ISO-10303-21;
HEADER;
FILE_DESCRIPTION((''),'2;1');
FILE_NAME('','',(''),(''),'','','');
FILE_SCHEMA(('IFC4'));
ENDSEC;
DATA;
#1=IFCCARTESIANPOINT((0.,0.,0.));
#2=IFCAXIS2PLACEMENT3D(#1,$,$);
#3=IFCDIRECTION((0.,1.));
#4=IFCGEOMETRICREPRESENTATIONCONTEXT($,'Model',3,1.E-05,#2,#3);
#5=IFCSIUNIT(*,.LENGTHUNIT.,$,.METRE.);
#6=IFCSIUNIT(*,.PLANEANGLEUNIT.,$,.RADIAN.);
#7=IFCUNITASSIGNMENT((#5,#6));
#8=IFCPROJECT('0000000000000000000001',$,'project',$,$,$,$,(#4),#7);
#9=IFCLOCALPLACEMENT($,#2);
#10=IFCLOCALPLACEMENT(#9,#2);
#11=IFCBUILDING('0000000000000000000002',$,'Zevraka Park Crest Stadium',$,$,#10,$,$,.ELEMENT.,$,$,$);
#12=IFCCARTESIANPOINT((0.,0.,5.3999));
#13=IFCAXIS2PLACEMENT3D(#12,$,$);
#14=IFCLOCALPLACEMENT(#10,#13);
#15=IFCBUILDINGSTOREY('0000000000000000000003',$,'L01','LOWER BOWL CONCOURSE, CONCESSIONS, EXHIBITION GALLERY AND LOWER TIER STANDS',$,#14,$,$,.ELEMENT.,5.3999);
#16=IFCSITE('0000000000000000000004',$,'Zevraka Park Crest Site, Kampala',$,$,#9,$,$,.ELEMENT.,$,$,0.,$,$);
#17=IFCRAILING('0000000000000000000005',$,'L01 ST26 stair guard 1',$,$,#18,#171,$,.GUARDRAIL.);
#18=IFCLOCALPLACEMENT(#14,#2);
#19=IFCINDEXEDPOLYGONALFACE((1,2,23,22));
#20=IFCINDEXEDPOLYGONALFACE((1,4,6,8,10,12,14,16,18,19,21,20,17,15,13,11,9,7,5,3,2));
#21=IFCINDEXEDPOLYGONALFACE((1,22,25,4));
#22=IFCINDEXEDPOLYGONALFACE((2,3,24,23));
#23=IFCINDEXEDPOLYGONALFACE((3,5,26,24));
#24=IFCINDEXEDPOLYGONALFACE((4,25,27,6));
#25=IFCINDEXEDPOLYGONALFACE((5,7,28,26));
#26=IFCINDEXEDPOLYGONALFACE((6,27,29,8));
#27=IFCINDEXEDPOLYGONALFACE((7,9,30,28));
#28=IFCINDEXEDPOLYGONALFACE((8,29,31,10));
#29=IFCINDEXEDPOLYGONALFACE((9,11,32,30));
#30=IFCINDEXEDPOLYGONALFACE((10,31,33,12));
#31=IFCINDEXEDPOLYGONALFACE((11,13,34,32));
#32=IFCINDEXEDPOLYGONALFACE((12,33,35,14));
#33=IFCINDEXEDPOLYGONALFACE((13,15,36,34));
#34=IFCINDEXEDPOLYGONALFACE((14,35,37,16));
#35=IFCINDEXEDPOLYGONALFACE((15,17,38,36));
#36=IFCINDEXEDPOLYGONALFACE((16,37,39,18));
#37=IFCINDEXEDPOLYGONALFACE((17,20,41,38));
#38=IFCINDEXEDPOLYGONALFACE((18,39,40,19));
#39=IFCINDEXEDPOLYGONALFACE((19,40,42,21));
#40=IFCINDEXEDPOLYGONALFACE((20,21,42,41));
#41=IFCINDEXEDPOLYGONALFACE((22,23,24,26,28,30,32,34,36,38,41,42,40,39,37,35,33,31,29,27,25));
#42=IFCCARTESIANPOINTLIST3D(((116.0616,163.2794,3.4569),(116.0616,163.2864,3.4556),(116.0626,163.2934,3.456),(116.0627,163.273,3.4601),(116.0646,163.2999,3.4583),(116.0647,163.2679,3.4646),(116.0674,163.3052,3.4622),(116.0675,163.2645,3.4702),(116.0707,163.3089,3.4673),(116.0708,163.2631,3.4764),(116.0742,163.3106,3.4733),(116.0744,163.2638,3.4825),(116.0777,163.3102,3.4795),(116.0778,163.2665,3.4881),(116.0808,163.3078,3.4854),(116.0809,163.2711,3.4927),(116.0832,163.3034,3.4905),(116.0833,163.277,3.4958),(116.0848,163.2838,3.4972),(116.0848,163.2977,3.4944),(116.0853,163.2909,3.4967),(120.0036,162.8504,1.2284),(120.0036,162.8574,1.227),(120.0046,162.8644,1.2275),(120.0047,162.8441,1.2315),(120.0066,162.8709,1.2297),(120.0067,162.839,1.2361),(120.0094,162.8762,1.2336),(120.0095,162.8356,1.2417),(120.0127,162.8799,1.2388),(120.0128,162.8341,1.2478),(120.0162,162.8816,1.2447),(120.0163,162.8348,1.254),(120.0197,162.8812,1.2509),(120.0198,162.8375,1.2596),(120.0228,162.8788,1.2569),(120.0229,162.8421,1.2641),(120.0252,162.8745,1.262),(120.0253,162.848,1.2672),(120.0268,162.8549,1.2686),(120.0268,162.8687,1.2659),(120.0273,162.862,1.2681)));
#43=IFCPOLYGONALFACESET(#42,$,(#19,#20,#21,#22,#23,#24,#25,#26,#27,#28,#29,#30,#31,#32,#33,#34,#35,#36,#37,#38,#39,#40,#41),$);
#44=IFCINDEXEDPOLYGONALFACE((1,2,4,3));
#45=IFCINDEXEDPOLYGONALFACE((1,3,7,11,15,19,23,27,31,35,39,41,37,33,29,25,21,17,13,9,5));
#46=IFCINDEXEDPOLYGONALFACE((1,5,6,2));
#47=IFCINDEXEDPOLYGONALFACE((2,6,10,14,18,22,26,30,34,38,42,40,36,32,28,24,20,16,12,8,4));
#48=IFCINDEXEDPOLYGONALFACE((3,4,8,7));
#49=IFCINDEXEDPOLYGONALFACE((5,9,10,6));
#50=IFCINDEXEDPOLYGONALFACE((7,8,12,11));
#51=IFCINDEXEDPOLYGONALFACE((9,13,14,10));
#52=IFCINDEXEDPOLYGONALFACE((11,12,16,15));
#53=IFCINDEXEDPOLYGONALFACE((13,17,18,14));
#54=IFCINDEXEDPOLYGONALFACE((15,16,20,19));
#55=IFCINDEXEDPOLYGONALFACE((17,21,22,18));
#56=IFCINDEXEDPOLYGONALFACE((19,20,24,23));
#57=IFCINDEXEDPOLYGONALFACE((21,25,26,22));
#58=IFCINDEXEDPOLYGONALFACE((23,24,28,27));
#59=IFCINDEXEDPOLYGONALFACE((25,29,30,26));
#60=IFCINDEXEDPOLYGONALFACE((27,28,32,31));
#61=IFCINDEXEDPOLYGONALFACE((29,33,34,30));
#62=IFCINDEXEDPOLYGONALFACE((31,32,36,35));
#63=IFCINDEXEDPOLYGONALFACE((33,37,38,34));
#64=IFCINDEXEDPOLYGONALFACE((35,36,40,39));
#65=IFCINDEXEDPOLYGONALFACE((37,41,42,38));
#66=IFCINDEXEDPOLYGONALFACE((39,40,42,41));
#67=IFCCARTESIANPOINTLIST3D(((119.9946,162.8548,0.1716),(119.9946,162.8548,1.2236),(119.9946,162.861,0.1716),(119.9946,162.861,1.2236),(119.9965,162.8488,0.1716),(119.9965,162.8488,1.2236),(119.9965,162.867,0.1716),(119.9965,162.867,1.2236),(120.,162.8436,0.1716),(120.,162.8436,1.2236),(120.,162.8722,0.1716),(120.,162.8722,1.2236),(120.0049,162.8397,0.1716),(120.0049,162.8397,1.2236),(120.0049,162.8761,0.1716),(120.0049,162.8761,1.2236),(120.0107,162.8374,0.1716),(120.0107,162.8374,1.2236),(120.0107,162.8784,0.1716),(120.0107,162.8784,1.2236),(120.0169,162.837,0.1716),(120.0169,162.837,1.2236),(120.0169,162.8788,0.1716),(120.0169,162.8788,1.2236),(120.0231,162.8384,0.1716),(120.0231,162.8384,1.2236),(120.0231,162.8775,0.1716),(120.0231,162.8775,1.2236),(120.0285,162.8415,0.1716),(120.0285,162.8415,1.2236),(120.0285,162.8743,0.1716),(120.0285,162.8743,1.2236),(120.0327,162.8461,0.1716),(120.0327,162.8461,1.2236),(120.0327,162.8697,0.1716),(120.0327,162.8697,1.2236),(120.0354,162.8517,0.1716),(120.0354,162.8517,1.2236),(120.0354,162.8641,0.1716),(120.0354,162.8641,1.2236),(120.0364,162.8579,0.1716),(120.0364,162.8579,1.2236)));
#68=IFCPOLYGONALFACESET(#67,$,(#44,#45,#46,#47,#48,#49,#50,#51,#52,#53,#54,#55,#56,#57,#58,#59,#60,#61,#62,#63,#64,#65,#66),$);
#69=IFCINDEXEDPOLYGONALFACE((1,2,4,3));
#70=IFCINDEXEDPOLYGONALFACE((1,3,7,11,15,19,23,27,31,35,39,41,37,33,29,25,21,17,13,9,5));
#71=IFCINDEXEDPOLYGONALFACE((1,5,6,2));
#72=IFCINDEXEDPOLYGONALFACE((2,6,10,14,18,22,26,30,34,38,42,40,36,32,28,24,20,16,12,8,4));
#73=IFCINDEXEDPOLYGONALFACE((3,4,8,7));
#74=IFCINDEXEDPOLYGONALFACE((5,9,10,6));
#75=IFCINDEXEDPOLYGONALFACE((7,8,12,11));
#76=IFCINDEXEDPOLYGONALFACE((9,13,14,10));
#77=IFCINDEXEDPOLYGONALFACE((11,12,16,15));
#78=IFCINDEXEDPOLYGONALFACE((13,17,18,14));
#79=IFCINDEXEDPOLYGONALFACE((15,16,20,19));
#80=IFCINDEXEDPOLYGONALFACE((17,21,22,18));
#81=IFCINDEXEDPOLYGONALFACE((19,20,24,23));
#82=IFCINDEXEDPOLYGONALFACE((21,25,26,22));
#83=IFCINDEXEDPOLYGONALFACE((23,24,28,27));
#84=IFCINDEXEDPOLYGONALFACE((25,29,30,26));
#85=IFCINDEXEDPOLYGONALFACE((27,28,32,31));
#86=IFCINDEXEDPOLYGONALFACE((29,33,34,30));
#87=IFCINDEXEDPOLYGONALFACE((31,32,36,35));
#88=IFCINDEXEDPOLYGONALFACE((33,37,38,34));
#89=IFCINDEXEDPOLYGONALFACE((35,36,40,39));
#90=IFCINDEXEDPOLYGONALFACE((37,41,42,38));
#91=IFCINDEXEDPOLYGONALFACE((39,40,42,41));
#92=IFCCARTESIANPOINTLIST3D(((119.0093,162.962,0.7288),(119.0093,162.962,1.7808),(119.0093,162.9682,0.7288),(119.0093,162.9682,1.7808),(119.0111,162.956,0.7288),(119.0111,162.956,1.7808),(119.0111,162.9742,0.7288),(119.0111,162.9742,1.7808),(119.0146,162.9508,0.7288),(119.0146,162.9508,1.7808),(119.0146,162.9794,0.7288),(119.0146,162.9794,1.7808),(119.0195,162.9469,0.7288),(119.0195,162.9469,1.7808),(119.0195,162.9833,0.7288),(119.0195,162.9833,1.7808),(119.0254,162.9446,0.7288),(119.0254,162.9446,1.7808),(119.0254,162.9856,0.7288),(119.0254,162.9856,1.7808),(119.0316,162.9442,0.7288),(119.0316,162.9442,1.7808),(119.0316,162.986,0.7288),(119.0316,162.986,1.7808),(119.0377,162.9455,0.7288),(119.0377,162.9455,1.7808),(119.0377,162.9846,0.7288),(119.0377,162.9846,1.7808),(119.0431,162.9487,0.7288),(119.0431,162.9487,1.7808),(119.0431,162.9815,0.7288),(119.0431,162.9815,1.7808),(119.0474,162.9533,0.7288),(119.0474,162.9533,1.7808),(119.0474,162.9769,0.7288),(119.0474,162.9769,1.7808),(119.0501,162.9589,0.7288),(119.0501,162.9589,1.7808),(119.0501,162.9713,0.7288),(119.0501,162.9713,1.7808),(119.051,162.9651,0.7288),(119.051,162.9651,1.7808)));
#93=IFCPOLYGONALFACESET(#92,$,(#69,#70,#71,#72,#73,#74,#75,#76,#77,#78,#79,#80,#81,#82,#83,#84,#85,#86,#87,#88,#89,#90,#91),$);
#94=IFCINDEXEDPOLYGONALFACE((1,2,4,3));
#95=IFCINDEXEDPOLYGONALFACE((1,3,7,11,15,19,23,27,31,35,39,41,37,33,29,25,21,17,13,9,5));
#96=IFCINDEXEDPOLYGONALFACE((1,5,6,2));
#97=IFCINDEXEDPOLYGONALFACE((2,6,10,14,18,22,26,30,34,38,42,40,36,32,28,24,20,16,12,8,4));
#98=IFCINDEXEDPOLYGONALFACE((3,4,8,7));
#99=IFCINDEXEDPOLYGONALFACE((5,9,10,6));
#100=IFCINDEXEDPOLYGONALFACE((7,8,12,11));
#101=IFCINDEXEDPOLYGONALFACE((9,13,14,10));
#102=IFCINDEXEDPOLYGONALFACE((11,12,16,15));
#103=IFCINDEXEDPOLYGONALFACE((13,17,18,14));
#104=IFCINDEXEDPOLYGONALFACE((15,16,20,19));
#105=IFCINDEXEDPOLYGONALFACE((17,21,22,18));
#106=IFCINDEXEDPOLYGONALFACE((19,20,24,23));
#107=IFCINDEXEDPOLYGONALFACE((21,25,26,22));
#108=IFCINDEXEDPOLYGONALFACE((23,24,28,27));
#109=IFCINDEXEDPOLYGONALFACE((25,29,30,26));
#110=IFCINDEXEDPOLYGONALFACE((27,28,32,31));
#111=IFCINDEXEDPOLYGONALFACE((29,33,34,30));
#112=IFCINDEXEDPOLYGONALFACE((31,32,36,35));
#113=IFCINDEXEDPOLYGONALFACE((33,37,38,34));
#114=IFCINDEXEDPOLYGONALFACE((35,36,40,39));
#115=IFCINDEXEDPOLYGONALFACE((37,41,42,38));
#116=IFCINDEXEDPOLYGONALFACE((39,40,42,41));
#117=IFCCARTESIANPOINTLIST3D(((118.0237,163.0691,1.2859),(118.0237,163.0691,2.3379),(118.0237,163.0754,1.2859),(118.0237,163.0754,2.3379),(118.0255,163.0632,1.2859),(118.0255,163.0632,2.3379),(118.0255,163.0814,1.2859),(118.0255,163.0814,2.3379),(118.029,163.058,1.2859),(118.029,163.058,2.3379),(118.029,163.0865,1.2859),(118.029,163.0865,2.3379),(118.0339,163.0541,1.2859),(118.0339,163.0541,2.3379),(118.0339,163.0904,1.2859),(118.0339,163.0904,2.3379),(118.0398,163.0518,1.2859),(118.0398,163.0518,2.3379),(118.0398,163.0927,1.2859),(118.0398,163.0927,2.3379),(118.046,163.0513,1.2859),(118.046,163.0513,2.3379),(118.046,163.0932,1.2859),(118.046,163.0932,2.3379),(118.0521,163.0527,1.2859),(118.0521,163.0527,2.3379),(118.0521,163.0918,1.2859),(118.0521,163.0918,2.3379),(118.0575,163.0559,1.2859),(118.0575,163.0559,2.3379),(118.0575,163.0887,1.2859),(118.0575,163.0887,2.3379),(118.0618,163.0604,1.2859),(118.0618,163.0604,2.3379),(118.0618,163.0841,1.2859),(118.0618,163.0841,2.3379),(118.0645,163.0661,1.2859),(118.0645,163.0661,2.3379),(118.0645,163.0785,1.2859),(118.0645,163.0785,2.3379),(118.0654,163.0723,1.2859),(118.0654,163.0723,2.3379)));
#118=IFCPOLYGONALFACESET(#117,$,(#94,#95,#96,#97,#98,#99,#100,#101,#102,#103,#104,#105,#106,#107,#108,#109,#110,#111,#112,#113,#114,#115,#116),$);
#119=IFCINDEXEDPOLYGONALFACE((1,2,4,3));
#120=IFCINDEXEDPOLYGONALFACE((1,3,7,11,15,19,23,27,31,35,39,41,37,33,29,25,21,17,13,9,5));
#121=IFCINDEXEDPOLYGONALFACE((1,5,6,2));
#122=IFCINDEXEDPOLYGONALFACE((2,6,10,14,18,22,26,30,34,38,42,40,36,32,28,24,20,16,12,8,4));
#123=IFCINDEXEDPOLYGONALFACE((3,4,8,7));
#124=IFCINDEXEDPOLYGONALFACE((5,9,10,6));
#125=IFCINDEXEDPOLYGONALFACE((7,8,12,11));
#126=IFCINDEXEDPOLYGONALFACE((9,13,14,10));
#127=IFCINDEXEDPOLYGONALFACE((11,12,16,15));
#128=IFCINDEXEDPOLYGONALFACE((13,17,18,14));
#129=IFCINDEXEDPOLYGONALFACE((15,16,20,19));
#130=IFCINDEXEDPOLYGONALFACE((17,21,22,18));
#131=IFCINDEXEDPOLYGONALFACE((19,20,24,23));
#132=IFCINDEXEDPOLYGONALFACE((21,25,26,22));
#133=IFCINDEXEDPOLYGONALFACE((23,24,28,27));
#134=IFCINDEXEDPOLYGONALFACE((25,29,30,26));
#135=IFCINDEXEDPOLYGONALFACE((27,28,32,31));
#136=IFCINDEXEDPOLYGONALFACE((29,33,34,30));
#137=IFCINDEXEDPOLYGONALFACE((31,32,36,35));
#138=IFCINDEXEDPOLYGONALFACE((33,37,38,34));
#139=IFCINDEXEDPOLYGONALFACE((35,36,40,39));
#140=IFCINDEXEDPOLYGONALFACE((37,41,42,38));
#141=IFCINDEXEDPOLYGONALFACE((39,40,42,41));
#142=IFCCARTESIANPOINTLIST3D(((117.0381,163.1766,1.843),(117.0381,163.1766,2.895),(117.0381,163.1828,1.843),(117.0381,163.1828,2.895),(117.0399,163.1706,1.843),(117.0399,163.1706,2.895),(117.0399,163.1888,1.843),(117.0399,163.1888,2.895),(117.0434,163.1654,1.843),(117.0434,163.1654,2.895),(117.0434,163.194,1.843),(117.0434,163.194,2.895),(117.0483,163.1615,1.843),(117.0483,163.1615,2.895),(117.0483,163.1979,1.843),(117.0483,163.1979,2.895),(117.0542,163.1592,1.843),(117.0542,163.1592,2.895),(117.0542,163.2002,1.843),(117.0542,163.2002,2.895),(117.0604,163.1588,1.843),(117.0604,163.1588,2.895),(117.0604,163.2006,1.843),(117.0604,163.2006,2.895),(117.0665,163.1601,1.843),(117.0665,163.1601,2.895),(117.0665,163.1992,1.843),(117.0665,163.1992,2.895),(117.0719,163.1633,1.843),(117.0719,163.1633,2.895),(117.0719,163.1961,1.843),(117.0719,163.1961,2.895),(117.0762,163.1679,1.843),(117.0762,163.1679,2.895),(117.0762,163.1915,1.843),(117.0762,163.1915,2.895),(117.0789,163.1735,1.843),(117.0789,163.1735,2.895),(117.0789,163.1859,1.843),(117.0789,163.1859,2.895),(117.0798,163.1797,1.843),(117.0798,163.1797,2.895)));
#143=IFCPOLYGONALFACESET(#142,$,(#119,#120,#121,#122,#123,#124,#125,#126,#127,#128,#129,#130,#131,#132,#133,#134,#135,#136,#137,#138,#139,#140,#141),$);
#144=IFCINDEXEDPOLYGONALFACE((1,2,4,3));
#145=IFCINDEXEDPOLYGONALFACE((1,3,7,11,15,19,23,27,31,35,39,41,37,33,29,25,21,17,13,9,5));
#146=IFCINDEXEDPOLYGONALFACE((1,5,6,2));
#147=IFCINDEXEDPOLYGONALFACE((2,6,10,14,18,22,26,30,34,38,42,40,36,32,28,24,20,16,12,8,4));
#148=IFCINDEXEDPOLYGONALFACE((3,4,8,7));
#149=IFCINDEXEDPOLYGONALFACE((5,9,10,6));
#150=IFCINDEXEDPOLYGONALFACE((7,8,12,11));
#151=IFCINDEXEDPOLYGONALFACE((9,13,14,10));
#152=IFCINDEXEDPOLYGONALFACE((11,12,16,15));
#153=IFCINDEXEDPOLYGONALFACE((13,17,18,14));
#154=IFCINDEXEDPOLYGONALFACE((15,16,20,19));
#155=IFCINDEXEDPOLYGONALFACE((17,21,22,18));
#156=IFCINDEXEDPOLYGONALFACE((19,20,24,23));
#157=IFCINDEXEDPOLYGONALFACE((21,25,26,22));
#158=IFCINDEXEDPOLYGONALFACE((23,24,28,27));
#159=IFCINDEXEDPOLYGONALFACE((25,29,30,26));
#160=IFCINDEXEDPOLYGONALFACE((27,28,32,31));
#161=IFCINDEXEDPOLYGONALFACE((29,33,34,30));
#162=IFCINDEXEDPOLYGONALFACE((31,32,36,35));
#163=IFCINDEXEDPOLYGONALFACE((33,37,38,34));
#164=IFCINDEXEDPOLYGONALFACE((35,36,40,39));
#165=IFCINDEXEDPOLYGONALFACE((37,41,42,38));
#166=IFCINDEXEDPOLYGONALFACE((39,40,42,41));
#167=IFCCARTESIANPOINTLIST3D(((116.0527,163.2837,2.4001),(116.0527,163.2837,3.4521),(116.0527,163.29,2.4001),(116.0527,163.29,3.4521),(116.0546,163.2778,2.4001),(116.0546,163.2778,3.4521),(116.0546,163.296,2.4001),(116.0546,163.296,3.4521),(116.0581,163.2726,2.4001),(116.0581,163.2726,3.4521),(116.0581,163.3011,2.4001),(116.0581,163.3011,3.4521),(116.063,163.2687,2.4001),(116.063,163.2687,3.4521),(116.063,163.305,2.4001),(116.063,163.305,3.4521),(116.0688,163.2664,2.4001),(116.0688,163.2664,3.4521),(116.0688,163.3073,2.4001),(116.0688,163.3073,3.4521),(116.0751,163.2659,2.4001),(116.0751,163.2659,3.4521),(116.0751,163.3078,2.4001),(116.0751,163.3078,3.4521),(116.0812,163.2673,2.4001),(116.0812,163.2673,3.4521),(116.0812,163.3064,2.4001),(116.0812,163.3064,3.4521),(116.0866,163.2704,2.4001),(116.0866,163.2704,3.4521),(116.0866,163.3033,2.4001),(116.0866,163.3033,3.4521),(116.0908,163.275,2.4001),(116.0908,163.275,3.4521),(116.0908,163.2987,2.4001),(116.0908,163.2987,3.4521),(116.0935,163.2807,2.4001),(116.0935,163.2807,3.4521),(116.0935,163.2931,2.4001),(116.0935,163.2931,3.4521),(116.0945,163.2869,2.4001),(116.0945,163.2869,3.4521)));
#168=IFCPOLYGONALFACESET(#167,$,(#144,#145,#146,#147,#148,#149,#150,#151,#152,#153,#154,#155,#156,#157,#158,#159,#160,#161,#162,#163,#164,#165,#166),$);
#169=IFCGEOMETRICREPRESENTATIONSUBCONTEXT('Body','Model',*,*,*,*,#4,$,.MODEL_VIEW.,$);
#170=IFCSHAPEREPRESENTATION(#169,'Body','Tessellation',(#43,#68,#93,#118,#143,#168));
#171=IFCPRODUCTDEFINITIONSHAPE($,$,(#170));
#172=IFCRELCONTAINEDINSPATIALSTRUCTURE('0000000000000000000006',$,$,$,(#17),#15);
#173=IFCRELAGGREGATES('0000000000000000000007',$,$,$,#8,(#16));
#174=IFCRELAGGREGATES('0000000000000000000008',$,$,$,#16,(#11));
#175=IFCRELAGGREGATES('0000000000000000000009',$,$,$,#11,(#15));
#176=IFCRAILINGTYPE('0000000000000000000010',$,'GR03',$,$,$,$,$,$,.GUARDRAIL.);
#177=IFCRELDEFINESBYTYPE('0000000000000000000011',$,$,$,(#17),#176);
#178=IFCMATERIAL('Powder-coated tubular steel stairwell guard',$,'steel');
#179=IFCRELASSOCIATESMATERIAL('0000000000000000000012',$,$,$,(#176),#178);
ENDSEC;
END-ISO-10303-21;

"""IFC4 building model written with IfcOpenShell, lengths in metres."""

from ifc_helpers import new_model, si_unit, direction, frame, origin, origin_2d, place, context, subcontext, project, spatial, circle, extrude, material, type_object, element, save


model = new_model("IFC4")

# Units and contexts
model_context = context("Model", 3, precision=1e-05, world=origin(), true_north=direction((0.0, 1.0)))
body_context = subcontext(model_context, "Body", "Model", "MODEL_VIEW")
ifc_project = project(units=[si_unit("LENGTHUNIT", "METRE"), si_unit("PLANEANGLEUNIT", "RADIAN")], contexts=[model_context])

# Site, building, storey
site_placement = place(None, origin())
site = spatial("IfcSite", under=ifc_project, at=site_placement, Name="Zevraka Park Crest Site, Kampala", CompositionType="ELEMENT", RefElevation=0.0)
building_placement = place(site_placement, origin())
building = spatial("IfcBuilding", under=site, at=building_placement, Name="Zevraka Park Crest Stadium", CompositionType="ELEMENT")
storey_placement = place(building_placement, frame((0.0, 0.0, 5.3999)))
storey = spatial("IfcBuildingStorey", under=building, at=storey_placement, Name="L01", Description="LOWER BOWL CONCOURSE, CONCESSIONS, EXHIBITION GALLERY AND LOWER TIER STANDS", CompositionType="ELEMENT", Elevation=5.3999)

# Railing
ifc_material_1 = material(Name="Powder-coated tubular steel stairwell guard", Category="steel")
railing_type_1 = type_object("IfcRailingType", Name="GR03", PredefinedType="GUARDRAIL", material=ifc_material_1)
railing_1_placement = place(storey_placement, frame((120.0154, 162.8579, 0.1716)))
element("IfcRailing", 1, at=railing_1_placement, inside=storey, type_object=railing_type_1, Name="L01 ST26 stair guard 1", PredefinedType="GUARDRAIL", context=body_context, shape_type="SweptSolid", body=[
    extrude(circle(Radius=0.0239, at=origin_2d()), frame((0.0, 0.0, 1.0762), z_axis=(-0.866637, 0.094307, 0.489946), x_axis=(-0.108181, -0.994131, 0.0)), (0.0, 0.0, 1.0), 4.5486),
    extrude(circle(Radius=0.021, at=origin_2d()), origin(), (0.0, 0.0, 1.0), 1.052),
    extrude(circle(Radius=0.021, at=origin_2d()), frame((-0.9854, 0.1072, 0.5571)), (0.0, 0.0, 1.0), 1.052),
    extrude(circle(Radius=0.021, at=origin_2d()), frame((-1.9709, 0.2144, 1.1143)), (0.0, 0.0, 1.0), 1.052),
    extrude(circle(Radius=0.021, at=origin_2d()), frame((-2.9565, 0.3218, 1.6714)), (0.0, 0.0, 1.0), 1.052),
    extrude(circle(Radius=0.021, at=origin_2d()), frame((-3.9419, 0.429, 2.2285)), (0.0, 0.0, 1.0), 1.052),
])

save(model, "model.ifc")
